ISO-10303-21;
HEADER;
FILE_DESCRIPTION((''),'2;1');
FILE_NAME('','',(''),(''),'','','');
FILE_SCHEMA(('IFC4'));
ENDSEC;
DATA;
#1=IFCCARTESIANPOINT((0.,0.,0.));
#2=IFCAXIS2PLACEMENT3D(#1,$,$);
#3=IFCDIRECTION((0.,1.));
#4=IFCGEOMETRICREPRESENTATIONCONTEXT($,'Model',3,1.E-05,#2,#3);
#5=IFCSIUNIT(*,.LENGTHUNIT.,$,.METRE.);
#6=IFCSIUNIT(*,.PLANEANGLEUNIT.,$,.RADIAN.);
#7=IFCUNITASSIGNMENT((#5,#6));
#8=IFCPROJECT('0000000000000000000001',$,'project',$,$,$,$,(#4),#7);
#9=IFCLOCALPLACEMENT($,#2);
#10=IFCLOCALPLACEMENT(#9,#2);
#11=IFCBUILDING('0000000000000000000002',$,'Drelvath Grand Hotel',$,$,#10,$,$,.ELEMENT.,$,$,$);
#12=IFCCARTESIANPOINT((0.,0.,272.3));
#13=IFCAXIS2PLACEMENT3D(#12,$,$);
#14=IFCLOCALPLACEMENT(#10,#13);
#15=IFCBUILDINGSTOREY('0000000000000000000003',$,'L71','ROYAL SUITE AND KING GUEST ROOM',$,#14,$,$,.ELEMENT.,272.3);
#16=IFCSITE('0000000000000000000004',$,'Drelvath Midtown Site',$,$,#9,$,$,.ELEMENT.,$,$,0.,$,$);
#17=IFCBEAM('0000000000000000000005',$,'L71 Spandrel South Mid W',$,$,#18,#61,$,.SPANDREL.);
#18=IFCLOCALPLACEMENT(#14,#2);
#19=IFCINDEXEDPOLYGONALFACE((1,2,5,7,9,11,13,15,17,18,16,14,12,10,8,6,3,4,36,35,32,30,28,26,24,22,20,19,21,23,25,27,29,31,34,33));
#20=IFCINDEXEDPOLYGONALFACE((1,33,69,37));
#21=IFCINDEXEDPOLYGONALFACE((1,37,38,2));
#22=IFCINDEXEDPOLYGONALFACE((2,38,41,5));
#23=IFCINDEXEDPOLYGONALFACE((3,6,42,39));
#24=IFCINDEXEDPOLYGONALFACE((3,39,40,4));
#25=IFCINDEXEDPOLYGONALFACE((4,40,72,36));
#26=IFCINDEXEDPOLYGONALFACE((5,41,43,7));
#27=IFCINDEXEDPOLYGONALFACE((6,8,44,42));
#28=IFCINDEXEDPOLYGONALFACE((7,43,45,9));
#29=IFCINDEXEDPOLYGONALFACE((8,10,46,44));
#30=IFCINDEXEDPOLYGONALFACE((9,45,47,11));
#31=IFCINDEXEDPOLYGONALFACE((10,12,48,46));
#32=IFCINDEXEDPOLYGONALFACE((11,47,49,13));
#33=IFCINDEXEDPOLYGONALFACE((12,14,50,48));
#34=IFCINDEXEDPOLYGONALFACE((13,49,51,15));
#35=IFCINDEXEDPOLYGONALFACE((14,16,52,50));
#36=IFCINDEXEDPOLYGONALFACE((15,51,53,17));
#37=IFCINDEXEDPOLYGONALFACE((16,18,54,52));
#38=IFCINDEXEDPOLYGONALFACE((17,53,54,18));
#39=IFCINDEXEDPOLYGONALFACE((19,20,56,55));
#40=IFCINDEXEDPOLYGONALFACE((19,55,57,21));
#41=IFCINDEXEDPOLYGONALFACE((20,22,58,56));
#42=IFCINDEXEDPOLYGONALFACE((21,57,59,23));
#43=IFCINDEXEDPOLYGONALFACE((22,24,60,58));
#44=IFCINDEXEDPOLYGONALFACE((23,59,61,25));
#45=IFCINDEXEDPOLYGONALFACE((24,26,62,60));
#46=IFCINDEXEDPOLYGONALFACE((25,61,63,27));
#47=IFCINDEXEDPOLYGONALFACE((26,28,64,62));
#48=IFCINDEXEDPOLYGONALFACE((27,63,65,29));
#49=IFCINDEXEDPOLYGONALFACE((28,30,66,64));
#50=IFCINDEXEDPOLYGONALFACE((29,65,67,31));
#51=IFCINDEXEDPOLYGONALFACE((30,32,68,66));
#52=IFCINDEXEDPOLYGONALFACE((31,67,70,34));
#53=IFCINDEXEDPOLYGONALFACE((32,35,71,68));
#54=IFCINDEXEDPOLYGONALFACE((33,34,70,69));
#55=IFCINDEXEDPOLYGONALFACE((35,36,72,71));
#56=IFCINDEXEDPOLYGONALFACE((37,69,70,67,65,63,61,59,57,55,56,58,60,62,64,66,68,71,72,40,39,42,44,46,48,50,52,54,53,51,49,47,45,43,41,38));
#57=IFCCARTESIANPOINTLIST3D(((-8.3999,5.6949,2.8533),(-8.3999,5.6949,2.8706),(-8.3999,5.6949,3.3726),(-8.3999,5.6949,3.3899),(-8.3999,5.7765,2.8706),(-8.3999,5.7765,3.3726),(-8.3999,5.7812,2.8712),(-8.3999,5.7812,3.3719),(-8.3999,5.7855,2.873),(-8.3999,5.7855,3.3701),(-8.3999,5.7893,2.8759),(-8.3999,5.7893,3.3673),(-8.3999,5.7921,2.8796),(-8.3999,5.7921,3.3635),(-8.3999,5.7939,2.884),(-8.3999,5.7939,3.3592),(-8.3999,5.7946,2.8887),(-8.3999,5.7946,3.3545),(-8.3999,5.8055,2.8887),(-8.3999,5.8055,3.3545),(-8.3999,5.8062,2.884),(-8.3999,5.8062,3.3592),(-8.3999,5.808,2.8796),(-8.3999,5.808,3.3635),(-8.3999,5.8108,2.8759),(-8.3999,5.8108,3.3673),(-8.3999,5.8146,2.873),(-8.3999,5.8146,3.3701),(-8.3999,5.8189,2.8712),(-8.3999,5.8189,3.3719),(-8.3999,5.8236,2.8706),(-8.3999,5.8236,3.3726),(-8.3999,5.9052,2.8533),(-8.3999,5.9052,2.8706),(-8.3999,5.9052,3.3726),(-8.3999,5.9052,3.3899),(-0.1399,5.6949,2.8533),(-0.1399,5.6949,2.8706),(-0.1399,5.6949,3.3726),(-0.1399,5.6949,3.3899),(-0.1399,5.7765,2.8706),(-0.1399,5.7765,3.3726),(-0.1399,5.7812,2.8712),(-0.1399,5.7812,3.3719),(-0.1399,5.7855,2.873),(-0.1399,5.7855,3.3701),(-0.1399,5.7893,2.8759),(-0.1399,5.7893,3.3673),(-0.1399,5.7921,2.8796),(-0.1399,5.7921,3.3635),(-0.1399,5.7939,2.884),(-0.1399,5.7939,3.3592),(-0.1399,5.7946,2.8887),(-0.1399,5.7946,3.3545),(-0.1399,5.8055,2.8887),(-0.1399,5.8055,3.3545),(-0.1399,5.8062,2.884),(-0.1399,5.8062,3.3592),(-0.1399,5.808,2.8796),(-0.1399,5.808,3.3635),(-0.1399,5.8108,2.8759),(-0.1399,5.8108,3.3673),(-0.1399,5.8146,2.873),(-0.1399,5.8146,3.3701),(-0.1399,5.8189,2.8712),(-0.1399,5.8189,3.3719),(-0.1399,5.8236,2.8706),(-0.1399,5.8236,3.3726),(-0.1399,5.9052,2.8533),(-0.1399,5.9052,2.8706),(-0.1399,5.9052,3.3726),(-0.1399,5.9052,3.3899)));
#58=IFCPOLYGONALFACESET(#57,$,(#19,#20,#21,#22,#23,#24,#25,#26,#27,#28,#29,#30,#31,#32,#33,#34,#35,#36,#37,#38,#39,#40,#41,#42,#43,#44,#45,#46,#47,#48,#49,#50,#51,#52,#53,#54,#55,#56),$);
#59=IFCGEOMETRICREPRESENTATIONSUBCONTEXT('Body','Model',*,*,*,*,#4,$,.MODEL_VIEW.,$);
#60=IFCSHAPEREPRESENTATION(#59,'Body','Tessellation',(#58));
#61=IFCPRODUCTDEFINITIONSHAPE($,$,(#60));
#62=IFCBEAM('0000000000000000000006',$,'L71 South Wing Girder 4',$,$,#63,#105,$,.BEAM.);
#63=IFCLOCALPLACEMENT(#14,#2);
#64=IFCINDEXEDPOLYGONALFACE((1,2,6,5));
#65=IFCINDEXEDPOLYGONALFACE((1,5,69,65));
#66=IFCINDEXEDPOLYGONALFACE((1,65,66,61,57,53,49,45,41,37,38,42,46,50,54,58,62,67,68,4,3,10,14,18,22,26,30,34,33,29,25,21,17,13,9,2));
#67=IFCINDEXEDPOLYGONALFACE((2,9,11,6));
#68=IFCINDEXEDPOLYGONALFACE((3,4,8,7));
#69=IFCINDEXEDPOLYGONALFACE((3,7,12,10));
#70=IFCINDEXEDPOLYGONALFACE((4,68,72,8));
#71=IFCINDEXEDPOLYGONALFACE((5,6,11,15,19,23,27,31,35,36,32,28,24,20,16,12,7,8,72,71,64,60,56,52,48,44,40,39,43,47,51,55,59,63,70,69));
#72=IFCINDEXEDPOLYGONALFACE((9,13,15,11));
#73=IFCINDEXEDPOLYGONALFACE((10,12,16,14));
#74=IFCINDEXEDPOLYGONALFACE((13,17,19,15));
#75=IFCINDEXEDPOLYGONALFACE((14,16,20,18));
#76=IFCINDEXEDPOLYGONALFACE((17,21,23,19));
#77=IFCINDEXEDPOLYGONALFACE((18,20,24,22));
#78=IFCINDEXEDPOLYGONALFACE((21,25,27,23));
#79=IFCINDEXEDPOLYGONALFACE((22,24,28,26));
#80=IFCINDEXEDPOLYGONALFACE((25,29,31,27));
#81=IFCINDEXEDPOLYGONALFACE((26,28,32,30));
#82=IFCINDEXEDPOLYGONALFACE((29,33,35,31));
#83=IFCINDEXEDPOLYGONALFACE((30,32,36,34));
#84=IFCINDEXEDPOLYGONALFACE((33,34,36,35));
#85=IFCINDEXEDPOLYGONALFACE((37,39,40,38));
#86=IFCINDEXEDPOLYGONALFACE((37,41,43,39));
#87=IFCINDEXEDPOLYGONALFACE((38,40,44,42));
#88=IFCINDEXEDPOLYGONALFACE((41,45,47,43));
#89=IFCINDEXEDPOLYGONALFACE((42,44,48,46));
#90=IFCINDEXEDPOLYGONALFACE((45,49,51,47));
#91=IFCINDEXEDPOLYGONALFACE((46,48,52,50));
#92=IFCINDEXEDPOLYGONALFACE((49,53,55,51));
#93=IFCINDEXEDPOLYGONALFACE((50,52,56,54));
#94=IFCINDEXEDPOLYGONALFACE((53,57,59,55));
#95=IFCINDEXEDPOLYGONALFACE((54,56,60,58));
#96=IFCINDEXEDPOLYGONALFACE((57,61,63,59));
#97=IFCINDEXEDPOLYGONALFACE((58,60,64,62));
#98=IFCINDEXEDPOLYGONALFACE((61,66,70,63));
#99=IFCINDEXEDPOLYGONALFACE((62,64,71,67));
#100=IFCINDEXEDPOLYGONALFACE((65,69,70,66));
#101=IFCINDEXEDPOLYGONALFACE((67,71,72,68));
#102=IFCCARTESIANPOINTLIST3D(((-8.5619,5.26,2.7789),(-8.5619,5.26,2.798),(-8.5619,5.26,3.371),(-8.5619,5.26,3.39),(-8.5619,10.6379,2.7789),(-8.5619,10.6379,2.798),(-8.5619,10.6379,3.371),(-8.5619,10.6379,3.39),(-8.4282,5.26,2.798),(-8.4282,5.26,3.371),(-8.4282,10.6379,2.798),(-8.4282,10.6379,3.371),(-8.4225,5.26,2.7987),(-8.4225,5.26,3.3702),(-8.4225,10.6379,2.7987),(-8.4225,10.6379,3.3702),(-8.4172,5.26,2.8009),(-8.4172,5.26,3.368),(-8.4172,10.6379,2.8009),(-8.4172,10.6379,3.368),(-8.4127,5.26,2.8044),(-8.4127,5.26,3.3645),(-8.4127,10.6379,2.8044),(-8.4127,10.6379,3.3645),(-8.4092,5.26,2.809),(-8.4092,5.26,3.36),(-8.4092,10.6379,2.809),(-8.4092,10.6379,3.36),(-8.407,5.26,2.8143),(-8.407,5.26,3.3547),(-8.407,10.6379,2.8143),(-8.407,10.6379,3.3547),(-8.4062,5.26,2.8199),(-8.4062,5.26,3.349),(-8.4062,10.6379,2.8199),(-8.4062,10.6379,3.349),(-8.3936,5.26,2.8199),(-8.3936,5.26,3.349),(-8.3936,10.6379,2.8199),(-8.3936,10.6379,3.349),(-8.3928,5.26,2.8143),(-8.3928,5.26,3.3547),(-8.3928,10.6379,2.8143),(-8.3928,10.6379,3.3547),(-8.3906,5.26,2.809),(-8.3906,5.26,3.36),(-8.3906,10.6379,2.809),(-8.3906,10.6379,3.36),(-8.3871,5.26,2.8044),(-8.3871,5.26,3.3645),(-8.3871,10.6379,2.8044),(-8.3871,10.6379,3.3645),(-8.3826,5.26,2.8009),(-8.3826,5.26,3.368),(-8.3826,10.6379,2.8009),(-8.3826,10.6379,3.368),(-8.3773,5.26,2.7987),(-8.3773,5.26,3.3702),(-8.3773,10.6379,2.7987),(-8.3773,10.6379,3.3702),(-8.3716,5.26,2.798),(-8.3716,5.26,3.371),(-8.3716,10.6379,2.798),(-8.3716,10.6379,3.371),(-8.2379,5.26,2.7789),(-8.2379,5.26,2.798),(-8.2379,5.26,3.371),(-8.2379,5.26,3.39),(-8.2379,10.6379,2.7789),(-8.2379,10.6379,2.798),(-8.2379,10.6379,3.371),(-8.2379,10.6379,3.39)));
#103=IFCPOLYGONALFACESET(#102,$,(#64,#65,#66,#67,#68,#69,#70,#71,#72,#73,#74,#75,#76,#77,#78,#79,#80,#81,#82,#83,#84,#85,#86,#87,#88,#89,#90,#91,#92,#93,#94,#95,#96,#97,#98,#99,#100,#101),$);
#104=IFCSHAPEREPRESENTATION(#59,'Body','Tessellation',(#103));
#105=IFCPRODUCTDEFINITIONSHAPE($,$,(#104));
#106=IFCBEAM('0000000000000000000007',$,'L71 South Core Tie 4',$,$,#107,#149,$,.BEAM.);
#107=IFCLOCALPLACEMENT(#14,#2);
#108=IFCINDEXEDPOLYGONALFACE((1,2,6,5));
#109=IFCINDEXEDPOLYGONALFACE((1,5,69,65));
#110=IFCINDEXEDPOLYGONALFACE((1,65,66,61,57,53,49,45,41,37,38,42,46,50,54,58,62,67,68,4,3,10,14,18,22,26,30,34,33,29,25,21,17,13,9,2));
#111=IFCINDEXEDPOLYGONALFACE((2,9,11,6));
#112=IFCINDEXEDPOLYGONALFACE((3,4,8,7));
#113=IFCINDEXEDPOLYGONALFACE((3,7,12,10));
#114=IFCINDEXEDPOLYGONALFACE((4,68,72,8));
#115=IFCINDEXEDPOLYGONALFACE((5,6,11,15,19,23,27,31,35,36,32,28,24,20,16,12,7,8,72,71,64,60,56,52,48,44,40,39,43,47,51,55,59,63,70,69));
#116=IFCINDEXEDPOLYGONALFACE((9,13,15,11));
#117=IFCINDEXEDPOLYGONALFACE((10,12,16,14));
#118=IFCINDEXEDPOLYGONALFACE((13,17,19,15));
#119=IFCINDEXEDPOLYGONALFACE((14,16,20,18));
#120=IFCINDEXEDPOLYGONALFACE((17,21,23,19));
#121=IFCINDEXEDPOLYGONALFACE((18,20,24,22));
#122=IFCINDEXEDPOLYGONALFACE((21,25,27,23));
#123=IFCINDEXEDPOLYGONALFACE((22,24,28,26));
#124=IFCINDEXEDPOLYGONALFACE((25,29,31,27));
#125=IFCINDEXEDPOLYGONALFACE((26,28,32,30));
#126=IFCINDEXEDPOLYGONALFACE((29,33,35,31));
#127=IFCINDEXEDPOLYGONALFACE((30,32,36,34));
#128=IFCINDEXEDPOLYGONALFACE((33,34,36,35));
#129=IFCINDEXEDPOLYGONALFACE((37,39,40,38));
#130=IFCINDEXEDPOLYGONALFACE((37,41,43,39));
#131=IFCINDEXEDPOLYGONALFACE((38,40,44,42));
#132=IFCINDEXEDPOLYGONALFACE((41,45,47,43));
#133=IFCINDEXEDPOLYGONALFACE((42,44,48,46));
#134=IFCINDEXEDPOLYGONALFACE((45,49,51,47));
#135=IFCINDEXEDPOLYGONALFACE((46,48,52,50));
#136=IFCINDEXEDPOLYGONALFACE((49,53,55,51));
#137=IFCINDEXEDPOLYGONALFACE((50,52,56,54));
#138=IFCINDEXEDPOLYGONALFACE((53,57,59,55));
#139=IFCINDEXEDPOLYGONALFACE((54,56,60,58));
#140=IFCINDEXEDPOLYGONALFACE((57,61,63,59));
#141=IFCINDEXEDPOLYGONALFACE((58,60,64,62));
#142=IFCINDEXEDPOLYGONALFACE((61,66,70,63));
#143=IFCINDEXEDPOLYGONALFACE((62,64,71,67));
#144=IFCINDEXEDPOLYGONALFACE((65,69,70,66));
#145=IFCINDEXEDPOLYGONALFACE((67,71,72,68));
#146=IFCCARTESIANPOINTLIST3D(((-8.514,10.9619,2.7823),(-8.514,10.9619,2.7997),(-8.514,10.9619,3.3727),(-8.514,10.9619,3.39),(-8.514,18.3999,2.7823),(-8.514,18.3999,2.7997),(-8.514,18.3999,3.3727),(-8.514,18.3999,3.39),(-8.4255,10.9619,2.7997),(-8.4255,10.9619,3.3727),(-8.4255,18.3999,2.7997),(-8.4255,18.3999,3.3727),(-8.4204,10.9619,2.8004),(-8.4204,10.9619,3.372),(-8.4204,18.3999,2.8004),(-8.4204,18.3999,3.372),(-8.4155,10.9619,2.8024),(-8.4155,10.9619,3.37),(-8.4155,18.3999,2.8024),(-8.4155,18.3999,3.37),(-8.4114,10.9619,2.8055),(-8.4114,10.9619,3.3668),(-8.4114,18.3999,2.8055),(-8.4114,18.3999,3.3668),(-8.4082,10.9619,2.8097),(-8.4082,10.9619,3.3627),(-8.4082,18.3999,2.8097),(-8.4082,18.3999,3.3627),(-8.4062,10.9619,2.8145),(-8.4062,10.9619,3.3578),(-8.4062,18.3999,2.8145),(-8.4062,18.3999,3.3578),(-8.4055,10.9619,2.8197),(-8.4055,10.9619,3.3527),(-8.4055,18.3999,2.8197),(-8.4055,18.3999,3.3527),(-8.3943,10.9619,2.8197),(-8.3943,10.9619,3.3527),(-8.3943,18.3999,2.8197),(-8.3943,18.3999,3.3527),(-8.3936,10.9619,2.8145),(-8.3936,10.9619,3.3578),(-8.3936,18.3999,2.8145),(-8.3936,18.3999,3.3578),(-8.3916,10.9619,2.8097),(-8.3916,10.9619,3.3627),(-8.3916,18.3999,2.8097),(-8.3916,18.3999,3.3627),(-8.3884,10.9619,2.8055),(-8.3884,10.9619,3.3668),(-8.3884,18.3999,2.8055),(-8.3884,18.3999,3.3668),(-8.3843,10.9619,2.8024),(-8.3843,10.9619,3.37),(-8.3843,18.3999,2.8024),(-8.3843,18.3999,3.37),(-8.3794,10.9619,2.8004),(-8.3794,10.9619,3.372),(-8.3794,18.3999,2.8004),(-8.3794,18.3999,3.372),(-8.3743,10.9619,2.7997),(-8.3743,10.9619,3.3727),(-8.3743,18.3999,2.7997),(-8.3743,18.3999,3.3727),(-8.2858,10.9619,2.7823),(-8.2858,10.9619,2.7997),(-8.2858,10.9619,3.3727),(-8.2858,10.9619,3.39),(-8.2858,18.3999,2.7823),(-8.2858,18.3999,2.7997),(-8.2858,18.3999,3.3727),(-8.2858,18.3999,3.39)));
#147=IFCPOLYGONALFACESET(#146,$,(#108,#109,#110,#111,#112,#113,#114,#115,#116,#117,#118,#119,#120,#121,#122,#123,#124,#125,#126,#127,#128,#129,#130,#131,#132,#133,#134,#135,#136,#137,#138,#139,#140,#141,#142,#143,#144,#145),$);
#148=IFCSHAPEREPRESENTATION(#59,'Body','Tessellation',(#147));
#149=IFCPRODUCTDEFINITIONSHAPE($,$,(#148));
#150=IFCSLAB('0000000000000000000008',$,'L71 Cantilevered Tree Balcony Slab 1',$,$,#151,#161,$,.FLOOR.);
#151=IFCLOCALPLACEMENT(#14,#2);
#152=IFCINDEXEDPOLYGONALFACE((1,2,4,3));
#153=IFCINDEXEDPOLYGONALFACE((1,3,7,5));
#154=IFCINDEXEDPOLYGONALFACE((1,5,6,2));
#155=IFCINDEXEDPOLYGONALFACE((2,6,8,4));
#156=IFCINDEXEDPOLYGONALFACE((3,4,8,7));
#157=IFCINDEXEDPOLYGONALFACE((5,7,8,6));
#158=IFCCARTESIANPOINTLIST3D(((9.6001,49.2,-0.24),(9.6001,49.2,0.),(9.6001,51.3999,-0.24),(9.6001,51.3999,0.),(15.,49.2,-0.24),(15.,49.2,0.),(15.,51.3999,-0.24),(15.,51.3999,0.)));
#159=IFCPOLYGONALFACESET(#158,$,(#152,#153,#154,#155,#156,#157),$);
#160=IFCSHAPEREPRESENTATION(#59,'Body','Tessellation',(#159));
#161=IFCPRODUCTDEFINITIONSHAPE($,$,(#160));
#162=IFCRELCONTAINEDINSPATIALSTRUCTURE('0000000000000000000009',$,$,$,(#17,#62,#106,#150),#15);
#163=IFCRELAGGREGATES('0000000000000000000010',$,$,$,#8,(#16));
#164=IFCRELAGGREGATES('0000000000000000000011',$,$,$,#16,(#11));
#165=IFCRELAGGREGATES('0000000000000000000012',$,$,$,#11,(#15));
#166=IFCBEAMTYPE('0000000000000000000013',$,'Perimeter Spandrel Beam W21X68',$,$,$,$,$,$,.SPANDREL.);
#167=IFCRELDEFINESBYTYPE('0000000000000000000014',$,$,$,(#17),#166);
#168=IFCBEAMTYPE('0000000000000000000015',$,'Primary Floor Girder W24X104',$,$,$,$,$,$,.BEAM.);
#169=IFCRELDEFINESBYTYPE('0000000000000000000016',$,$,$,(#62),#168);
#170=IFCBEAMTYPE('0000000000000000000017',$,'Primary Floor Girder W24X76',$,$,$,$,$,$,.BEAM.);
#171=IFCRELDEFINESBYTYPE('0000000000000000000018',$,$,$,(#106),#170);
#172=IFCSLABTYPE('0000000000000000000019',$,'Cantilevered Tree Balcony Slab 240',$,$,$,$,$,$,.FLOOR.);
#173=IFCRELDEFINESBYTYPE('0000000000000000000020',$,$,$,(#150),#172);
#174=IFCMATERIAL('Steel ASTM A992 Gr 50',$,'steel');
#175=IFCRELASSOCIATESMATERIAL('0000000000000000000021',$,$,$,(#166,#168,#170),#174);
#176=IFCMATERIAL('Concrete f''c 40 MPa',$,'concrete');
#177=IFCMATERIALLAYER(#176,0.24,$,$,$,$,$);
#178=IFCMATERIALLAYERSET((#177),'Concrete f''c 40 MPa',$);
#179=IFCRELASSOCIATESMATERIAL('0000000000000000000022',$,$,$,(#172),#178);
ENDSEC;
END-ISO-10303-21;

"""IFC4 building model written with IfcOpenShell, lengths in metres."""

from ifc_helpers import new_model, si_unit, direction, frame, origin, origin_2d, place, context, subcontext, project, spatial, polyline, i_section, outline, extrude, material, layer, layer_set, material_profile, profile_set, type_object, element, save


model = new_model("IFC4")

# Units and contexts
model_context = context("Model", 3, precision=1e-05, world=origin(), true_north=direction((0.0, 1.0)))
body_context = subcontext(model_context, "Body", "Model", "MODEL_VIEW")
ifc_project = project(units=[si_unit("LENGTHUNIT", "METRE"), si_unit("PLANEANGLEUNIT", "RADIAN")], contexts=[model_context])

# Site, building, storey
site_placement = place(None, origin())
site = spatial("IfcSite", under=ifc_project, at=site_placement, Name="Drelvath Midtown Site", CompositionType="ELEMENT", RefElevation=0.0)
building_placement = place(site_placement, origin())
building = spatial("IfcBuilding", under=site, at=building_placement, Name="Drelvath Grand Hotel", CompositionType="ELEMENT")
storey_placement = place(building_placement, frame((0.0, 0.0, 272.3)))
storey = spatial("IfcBuildingStorey", under=building, at=storey_placement, Name="L71", Description="ROYAL SUITE AND KING GUEST ROOM", CompositionType="ELEMENT", Elevation=272.3)

# Beams
ifc_material_1 = material(Name="Steel ASTM A992 Gr 50", Category="steel")
ifc_material_profile_1 = material_profile(ifc_material_1, i_section(OverallWidth=0.2102, OverallDepth=0.5366, WebThickness=0.011, FlangeThickness=0.0173, FilletRadius=0.0181, at=origin_2d()), Name="W21X68")
ifc_profile_set_1 = profile_set([ifc_material_profile_1], Name="Steel ASTM A992 Gr 50")
beam_type_1 = type_object("IfcBeamType", Name="Perimeter Spandrel Beam W21X68", PredefinedType="SPANDREL", material=ifc_profile_set_1)
beam_1_placement = place(storey_placement, frame((-8.3999, 5.8, 3.1216), z_axis=(1.0, 0.0, 0.0), x_axis=(0.0, 1.0, 0.0)))
element("IfcBeam", 1, at=beam_1_placement, inside=storey, type_object=beam_type_1, Name="L71 Spandrel South Mid W", PredefinedType="SPANDREL", context=body_context, shape_type="SweptSolid", body=[
    extrude(i_section(OverallWidth=0.2102, OverallDepth=0.5366, WebThickness=0.011, FlangeThickness=0.0173, FilletRadius=0.0181, at=origin_2d()), origin(), (0.0, 0.0, 1.0), 8.26),
])
ifc_material_profile_2 = material_profile(ifc_material_1, i_section(OverallWidth=0.324, OverallDepth=0.6111, WebThickness=0.0127, FlangeThickness=0.019, FilletRadius=0.022, at=origin_2d()), Name="W24X104")
ifc_profile_set_2 = profile_set([ifc_material_profile_2], Name="Steel ASTM A992 Gr 50")
beam_type_2 = type_object("IfcBeamType", Name="Primary Floor Girder W24X104", PredefinedType="BEAM", material=ifc_profile_set_2)
beam_2_placement = place(storey_placement, frame((-8.3999, 5.26, 3.0845), z_axis=(0.0, 1.0, 0.0), x_axis=(-1.0, 0.0, 0.0)))
element("IfcBeam", 2, at=beam_2_placement, inside=storey, type_object=beam_type_2, Name="L71 South Wing Girder 4", PredefinedType="BEAM", context=body_context, shape_type="SweptSolid", body=[
    extrude(i_section(OverallWidth=0.324, OverallDepth=0.6111, WebThickness=0.0127, FlangeThickness=0.019, FilletRadius=0.022, at=origin_2d()), origin(), (0.0, 0.0, 1.0), 5.3779),
])
ifc_material_profile_3 = material_profile(ifc_material_1, i_section(OverallWidth=0.2283, OverallDepth=0.6077, WebThickness=0.0112, FlangeThickness=0.0173, FilletRadius=0.02, at=origin_2d()), Name="W24X76")
ifc_profile_set_3 = profile_set([ifc_material_profile_3], Name="Steel ASTM A992 Gr 50")
beam_type_3 = type_object("IfcBeamType", Name="Primary Floor Girder W24X76", PredefinedType="BEAM", material=ifc_profile_set_3)
beam_3_placement = place(storey_placement, frame((-8.3999, 10.9619, 3.0862), z_axis=(0.0, 1.0, 0.0), x_axis=(-1.0, 0.0, 0.0)))
element("IfcBeam", 3, at=beam_3_placement, inside=storey, type_object=beam_type_3, Name="L71 South Core Tie 4", PredefinedType="BEAM", context=body_context, shape_type="SweptSolid", body=[
    extrude(i_section(OverallWidth=0.2283, OverallDepth=0.6077, WebThickness=0.0112, FlangeThickness=0.0173, FilletRadius=0.02, at=origin_2d()), origin(), (0.0, 0.0, 1.0), 7.438),
])

# Slab
ifc_material_2 = material(Name="Concrete f'c 40 MPa", Category="concrete")
ifc_layer_1 = layer(ifc_material_2, 0.24)
ifc_layer_set_1 = layer_set([ifc_layer_1], Name="Concrete f'c 40 MPa")
slab_type_1 = type_object("IfcSlabType", Name="Cantilevered Tree Balcony Slab 240", PredefinedType="FLOOR", material=ifc_layer_set_1)
slab_1_placement = place(storey_placement, frame((0.0, 0.0, -0.24)))
element("IfcSlab", 4, at=slab_1_placement, inside=storey, type_object=slab_type_1, Name="L71 Cantilevered Tree Balcony Slab 1", PredefinedType="FLOOR", context=body_context, shape_type="SweptSolid", body=[
    extrude(outline(polyline([(9.6001, 49.2), (15.0, 49.2), (15.0, 51.3999), (9.6001, 51.3999), (9.6001, 49.2)])), origin(), (0.0, 0.0, 1.0), 0.24),
])

save(model, "model.ifc")
